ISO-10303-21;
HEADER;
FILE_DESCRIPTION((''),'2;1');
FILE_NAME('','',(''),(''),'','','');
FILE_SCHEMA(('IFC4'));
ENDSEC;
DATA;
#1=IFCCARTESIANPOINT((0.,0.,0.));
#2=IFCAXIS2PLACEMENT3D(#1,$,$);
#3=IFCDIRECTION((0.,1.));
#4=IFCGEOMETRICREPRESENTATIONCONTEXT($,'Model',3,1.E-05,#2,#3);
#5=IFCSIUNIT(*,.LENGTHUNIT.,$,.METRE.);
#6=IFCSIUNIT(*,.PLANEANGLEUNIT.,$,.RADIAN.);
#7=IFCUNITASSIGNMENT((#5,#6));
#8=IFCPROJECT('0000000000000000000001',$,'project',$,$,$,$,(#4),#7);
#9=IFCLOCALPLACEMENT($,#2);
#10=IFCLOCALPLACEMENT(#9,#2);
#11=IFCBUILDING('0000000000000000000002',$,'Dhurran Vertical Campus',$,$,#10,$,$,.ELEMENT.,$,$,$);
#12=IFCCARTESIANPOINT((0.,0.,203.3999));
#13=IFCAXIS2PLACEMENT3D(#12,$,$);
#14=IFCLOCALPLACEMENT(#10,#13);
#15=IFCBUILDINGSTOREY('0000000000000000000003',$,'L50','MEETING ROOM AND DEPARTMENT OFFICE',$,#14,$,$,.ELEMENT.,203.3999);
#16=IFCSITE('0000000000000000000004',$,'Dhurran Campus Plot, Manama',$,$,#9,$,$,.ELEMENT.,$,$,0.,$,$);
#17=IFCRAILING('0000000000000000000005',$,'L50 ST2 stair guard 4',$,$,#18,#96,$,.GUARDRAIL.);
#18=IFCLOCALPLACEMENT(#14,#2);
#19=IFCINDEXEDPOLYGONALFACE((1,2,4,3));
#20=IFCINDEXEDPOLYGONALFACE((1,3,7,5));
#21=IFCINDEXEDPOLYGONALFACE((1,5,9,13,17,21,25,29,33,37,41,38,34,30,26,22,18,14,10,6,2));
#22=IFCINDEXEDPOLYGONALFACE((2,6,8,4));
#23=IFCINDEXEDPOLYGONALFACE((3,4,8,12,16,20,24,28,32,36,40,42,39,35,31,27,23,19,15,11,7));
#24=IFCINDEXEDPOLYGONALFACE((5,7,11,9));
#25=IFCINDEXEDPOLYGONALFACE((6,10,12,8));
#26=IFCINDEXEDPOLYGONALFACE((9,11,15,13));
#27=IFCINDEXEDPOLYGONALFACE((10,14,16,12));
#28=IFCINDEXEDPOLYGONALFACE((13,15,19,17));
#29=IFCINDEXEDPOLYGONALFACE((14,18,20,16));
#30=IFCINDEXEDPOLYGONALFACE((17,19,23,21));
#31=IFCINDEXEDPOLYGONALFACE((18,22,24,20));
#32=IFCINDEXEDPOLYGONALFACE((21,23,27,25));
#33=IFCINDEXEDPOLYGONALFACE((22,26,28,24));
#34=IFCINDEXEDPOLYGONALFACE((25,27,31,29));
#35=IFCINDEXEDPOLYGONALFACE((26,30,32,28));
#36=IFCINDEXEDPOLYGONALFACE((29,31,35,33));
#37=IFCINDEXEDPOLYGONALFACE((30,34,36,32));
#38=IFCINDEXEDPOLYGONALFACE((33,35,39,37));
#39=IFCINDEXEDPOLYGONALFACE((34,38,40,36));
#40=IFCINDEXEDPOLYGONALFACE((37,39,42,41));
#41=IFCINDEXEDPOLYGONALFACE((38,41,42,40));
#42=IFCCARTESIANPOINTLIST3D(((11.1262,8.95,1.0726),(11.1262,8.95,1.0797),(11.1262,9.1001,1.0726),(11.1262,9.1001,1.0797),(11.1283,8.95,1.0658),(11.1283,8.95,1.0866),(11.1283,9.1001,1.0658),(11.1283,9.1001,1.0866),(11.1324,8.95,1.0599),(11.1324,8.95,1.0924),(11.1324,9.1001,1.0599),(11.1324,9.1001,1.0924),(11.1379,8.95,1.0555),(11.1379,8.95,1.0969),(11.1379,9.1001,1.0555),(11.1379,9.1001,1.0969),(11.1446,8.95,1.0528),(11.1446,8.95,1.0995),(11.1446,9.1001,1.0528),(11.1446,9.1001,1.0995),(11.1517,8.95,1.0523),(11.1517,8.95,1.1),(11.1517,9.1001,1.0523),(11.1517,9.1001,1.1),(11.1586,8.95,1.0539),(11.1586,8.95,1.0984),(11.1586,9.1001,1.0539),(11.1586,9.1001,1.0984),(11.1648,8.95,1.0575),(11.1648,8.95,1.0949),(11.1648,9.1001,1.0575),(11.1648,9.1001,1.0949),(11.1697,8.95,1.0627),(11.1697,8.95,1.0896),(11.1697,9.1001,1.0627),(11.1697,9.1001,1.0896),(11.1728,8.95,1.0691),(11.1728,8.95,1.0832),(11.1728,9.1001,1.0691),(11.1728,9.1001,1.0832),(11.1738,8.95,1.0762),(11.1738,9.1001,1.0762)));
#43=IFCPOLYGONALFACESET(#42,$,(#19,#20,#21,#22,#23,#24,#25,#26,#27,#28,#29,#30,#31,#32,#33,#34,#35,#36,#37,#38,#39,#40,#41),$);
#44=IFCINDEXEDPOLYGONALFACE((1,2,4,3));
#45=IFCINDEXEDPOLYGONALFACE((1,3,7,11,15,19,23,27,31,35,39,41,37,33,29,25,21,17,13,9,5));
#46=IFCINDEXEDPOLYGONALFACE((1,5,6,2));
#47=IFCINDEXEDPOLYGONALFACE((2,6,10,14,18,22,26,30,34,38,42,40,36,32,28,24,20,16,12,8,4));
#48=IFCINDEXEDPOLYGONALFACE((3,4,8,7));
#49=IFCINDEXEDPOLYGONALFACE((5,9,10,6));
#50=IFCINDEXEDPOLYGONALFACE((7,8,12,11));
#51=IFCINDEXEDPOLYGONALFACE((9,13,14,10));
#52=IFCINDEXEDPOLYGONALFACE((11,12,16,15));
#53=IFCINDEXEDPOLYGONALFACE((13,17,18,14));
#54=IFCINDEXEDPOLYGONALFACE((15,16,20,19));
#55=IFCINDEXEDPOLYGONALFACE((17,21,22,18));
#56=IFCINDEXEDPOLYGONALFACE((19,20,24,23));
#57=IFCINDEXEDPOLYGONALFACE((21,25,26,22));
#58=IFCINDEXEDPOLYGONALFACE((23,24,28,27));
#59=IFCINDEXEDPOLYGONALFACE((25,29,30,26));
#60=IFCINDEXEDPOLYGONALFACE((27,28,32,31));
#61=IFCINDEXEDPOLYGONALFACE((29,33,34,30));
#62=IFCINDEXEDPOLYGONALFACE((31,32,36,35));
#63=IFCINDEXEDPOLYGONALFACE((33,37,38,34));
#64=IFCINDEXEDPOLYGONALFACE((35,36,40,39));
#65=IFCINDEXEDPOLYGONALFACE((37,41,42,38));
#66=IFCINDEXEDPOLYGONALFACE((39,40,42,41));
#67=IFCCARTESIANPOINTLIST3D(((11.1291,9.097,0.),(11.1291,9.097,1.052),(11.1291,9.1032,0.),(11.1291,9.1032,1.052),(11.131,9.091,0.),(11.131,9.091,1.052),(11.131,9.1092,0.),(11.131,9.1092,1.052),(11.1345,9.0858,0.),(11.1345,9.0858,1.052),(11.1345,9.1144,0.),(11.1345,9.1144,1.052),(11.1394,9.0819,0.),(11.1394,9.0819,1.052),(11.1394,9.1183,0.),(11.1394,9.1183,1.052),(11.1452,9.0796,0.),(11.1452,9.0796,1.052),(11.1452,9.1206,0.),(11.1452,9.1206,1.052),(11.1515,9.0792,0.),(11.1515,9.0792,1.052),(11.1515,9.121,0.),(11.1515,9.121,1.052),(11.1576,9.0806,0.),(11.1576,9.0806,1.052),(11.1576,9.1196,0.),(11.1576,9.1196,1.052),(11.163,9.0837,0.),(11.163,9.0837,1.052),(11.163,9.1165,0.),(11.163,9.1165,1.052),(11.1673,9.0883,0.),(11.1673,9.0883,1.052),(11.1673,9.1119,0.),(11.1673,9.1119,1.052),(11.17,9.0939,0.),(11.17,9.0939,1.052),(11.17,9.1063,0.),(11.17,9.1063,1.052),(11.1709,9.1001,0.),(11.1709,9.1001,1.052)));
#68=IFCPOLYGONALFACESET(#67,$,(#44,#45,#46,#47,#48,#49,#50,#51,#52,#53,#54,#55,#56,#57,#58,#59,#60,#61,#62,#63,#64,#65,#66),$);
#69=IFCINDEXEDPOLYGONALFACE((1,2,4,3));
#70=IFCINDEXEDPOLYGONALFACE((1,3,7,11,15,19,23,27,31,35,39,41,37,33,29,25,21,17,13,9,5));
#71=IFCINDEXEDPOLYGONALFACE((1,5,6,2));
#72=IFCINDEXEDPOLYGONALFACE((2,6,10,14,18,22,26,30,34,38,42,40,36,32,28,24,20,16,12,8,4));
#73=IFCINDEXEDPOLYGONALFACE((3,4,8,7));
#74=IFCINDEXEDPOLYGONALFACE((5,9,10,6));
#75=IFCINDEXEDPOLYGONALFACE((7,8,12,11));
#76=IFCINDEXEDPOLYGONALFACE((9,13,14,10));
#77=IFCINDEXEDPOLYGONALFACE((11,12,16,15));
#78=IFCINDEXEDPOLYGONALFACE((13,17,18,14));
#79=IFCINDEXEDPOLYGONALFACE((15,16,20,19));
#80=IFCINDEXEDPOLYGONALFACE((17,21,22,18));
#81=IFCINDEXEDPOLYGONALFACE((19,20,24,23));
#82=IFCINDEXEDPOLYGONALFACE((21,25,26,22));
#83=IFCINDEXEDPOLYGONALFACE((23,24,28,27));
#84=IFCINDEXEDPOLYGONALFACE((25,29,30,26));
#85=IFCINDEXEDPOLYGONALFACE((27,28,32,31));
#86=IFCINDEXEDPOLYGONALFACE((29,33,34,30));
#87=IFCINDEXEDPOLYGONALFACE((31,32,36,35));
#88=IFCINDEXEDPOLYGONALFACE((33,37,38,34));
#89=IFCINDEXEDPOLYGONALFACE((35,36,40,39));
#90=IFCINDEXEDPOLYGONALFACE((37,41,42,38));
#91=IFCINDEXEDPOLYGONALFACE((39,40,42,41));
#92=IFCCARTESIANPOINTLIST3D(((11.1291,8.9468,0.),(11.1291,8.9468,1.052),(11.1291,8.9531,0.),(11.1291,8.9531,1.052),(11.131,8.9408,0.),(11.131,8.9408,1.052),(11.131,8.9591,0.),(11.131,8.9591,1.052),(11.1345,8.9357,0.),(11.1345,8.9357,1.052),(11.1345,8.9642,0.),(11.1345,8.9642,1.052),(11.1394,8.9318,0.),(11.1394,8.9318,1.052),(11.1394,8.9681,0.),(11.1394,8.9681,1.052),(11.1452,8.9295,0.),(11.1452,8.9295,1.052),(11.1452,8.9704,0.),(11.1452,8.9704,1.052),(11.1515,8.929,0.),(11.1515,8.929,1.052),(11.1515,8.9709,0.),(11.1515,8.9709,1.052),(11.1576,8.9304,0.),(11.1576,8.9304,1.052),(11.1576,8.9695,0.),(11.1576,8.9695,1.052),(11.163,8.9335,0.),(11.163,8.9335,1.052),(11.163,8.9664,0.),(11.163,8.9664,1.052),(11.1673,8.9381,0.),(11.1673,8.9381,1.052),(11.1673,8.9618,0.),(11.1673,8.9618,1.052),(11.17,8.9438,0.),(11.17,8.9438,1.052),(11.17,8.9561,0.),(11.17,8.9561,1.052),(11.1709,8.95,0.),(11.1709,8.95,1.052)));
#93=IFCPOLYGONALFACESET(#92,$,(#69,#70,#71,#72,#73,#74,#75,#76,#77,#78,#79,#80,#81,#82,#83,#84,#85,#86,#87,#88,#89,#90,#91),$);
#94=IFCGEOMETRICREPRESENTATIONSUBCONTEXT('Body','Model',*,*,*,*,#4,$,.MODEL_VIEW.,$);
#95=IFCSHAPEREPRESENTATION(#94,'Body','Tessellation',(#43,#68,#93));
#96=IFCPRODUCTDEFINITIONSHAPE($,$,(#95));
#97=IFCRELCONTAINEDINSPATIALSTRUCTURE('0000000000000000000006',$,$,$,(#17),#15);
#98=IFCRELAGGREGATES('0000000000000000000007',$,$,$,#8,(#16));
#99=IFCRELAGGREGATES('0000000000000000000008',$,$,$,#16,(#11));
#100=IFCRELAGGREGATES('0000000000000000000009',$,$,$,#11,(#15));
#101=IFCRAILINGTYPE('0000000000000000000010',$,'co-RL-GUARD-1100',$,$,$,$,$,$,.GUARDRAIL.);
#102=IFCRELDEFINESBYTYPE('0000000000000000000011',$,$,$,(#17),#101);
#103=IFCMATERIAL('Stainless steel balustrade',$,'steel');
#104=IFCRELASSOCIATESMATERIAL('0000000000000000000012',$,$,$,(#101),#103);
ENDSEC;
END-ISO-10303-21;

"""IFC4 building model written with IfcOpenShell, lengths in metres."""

from ifc_helpers import new_model, si_unit, direction, frame, origin, origin_2d, place, context, subcontext, project, spatial, circle, extrude, material, type_object, element, save


model = new_model("IFC4")

# Units and contexts
model_context = context("Model", 3, precision=1e-05, world=origin(), true_north=direction((0.0, 1.0)))
body_context = subcontext(model_context, "Body", "Model", "MODEL_VIEW")
ifc_project = project(units=[si_unit("LENGTHUNIT", "METRE"), si_unit("PLANEANGLEUNIT", "RADIAN")], contexts=[model_context])

# Site, building, storey
site_placement = place(None, origin())
site = spatial("IfcSite", under=ifc_project, at=site_placement, Name="Dhurran Campus Plot, Manama", CompositionType="ELEMENT", RefElevation=0.0)
building_placement = place(site_placement, origin())
building = spatial("IfcBuilding", under=site, at=building_placement, Name="Dhurran Vertical Campus", CompositionType="ELEMENT")
storey_placement = place(building_placement, frame((0.0, 0.0, 203.3999)))
storey = spatial("IfcBuildingStorey", under=building, at=storey_placement, Name="L50", Description="MEETING ROOM AND DEPARTMENT OFFICE", CompositionType="ELEMENT", Elevation=203.3999)

# Railing
ifc_material_1 = material(Name="Stainless steel balustrade", Category="steel")
railing_type_1 = type_object("IfcRailingType", Name="co-RL-GUARD-1100", PredefinedType="GUARDRAIL", material=ifc_material_1)
railing_1_placement = place(storey_placement, frame((11.1499, 9.1001, 0.0)))
element("IfcRailing", 1, at=railing_1_placement, inside=storey, type_object=railing_type_1, Name="L50 ST2 stair guard 4", PredefinedType="GUARDRAIL", context=body_context, shape_type="SweptSolid", body=[
    extrude(circle(Radius=0.0239, at=origin_2d()), frame((0.0, 0.0, 1.0762), z_axis=(0.0, -1.0, 0.0), x_axis=(1.0, 0.0, 0.0)), (0.0, 0.0, 1.0), 0.1501),
    extrude(circle(Radius=0.021, at=origin_2d()), origin(), (0.0, 0.0, 1.0), 1.052),
    extrude(circle(Radius=0.021, at=origin_2d()), frame((0.0, -0.1501, 0.0)), (0.0, 0.0, 1.0), 1.052),
])

save(model, "model.ifc")
